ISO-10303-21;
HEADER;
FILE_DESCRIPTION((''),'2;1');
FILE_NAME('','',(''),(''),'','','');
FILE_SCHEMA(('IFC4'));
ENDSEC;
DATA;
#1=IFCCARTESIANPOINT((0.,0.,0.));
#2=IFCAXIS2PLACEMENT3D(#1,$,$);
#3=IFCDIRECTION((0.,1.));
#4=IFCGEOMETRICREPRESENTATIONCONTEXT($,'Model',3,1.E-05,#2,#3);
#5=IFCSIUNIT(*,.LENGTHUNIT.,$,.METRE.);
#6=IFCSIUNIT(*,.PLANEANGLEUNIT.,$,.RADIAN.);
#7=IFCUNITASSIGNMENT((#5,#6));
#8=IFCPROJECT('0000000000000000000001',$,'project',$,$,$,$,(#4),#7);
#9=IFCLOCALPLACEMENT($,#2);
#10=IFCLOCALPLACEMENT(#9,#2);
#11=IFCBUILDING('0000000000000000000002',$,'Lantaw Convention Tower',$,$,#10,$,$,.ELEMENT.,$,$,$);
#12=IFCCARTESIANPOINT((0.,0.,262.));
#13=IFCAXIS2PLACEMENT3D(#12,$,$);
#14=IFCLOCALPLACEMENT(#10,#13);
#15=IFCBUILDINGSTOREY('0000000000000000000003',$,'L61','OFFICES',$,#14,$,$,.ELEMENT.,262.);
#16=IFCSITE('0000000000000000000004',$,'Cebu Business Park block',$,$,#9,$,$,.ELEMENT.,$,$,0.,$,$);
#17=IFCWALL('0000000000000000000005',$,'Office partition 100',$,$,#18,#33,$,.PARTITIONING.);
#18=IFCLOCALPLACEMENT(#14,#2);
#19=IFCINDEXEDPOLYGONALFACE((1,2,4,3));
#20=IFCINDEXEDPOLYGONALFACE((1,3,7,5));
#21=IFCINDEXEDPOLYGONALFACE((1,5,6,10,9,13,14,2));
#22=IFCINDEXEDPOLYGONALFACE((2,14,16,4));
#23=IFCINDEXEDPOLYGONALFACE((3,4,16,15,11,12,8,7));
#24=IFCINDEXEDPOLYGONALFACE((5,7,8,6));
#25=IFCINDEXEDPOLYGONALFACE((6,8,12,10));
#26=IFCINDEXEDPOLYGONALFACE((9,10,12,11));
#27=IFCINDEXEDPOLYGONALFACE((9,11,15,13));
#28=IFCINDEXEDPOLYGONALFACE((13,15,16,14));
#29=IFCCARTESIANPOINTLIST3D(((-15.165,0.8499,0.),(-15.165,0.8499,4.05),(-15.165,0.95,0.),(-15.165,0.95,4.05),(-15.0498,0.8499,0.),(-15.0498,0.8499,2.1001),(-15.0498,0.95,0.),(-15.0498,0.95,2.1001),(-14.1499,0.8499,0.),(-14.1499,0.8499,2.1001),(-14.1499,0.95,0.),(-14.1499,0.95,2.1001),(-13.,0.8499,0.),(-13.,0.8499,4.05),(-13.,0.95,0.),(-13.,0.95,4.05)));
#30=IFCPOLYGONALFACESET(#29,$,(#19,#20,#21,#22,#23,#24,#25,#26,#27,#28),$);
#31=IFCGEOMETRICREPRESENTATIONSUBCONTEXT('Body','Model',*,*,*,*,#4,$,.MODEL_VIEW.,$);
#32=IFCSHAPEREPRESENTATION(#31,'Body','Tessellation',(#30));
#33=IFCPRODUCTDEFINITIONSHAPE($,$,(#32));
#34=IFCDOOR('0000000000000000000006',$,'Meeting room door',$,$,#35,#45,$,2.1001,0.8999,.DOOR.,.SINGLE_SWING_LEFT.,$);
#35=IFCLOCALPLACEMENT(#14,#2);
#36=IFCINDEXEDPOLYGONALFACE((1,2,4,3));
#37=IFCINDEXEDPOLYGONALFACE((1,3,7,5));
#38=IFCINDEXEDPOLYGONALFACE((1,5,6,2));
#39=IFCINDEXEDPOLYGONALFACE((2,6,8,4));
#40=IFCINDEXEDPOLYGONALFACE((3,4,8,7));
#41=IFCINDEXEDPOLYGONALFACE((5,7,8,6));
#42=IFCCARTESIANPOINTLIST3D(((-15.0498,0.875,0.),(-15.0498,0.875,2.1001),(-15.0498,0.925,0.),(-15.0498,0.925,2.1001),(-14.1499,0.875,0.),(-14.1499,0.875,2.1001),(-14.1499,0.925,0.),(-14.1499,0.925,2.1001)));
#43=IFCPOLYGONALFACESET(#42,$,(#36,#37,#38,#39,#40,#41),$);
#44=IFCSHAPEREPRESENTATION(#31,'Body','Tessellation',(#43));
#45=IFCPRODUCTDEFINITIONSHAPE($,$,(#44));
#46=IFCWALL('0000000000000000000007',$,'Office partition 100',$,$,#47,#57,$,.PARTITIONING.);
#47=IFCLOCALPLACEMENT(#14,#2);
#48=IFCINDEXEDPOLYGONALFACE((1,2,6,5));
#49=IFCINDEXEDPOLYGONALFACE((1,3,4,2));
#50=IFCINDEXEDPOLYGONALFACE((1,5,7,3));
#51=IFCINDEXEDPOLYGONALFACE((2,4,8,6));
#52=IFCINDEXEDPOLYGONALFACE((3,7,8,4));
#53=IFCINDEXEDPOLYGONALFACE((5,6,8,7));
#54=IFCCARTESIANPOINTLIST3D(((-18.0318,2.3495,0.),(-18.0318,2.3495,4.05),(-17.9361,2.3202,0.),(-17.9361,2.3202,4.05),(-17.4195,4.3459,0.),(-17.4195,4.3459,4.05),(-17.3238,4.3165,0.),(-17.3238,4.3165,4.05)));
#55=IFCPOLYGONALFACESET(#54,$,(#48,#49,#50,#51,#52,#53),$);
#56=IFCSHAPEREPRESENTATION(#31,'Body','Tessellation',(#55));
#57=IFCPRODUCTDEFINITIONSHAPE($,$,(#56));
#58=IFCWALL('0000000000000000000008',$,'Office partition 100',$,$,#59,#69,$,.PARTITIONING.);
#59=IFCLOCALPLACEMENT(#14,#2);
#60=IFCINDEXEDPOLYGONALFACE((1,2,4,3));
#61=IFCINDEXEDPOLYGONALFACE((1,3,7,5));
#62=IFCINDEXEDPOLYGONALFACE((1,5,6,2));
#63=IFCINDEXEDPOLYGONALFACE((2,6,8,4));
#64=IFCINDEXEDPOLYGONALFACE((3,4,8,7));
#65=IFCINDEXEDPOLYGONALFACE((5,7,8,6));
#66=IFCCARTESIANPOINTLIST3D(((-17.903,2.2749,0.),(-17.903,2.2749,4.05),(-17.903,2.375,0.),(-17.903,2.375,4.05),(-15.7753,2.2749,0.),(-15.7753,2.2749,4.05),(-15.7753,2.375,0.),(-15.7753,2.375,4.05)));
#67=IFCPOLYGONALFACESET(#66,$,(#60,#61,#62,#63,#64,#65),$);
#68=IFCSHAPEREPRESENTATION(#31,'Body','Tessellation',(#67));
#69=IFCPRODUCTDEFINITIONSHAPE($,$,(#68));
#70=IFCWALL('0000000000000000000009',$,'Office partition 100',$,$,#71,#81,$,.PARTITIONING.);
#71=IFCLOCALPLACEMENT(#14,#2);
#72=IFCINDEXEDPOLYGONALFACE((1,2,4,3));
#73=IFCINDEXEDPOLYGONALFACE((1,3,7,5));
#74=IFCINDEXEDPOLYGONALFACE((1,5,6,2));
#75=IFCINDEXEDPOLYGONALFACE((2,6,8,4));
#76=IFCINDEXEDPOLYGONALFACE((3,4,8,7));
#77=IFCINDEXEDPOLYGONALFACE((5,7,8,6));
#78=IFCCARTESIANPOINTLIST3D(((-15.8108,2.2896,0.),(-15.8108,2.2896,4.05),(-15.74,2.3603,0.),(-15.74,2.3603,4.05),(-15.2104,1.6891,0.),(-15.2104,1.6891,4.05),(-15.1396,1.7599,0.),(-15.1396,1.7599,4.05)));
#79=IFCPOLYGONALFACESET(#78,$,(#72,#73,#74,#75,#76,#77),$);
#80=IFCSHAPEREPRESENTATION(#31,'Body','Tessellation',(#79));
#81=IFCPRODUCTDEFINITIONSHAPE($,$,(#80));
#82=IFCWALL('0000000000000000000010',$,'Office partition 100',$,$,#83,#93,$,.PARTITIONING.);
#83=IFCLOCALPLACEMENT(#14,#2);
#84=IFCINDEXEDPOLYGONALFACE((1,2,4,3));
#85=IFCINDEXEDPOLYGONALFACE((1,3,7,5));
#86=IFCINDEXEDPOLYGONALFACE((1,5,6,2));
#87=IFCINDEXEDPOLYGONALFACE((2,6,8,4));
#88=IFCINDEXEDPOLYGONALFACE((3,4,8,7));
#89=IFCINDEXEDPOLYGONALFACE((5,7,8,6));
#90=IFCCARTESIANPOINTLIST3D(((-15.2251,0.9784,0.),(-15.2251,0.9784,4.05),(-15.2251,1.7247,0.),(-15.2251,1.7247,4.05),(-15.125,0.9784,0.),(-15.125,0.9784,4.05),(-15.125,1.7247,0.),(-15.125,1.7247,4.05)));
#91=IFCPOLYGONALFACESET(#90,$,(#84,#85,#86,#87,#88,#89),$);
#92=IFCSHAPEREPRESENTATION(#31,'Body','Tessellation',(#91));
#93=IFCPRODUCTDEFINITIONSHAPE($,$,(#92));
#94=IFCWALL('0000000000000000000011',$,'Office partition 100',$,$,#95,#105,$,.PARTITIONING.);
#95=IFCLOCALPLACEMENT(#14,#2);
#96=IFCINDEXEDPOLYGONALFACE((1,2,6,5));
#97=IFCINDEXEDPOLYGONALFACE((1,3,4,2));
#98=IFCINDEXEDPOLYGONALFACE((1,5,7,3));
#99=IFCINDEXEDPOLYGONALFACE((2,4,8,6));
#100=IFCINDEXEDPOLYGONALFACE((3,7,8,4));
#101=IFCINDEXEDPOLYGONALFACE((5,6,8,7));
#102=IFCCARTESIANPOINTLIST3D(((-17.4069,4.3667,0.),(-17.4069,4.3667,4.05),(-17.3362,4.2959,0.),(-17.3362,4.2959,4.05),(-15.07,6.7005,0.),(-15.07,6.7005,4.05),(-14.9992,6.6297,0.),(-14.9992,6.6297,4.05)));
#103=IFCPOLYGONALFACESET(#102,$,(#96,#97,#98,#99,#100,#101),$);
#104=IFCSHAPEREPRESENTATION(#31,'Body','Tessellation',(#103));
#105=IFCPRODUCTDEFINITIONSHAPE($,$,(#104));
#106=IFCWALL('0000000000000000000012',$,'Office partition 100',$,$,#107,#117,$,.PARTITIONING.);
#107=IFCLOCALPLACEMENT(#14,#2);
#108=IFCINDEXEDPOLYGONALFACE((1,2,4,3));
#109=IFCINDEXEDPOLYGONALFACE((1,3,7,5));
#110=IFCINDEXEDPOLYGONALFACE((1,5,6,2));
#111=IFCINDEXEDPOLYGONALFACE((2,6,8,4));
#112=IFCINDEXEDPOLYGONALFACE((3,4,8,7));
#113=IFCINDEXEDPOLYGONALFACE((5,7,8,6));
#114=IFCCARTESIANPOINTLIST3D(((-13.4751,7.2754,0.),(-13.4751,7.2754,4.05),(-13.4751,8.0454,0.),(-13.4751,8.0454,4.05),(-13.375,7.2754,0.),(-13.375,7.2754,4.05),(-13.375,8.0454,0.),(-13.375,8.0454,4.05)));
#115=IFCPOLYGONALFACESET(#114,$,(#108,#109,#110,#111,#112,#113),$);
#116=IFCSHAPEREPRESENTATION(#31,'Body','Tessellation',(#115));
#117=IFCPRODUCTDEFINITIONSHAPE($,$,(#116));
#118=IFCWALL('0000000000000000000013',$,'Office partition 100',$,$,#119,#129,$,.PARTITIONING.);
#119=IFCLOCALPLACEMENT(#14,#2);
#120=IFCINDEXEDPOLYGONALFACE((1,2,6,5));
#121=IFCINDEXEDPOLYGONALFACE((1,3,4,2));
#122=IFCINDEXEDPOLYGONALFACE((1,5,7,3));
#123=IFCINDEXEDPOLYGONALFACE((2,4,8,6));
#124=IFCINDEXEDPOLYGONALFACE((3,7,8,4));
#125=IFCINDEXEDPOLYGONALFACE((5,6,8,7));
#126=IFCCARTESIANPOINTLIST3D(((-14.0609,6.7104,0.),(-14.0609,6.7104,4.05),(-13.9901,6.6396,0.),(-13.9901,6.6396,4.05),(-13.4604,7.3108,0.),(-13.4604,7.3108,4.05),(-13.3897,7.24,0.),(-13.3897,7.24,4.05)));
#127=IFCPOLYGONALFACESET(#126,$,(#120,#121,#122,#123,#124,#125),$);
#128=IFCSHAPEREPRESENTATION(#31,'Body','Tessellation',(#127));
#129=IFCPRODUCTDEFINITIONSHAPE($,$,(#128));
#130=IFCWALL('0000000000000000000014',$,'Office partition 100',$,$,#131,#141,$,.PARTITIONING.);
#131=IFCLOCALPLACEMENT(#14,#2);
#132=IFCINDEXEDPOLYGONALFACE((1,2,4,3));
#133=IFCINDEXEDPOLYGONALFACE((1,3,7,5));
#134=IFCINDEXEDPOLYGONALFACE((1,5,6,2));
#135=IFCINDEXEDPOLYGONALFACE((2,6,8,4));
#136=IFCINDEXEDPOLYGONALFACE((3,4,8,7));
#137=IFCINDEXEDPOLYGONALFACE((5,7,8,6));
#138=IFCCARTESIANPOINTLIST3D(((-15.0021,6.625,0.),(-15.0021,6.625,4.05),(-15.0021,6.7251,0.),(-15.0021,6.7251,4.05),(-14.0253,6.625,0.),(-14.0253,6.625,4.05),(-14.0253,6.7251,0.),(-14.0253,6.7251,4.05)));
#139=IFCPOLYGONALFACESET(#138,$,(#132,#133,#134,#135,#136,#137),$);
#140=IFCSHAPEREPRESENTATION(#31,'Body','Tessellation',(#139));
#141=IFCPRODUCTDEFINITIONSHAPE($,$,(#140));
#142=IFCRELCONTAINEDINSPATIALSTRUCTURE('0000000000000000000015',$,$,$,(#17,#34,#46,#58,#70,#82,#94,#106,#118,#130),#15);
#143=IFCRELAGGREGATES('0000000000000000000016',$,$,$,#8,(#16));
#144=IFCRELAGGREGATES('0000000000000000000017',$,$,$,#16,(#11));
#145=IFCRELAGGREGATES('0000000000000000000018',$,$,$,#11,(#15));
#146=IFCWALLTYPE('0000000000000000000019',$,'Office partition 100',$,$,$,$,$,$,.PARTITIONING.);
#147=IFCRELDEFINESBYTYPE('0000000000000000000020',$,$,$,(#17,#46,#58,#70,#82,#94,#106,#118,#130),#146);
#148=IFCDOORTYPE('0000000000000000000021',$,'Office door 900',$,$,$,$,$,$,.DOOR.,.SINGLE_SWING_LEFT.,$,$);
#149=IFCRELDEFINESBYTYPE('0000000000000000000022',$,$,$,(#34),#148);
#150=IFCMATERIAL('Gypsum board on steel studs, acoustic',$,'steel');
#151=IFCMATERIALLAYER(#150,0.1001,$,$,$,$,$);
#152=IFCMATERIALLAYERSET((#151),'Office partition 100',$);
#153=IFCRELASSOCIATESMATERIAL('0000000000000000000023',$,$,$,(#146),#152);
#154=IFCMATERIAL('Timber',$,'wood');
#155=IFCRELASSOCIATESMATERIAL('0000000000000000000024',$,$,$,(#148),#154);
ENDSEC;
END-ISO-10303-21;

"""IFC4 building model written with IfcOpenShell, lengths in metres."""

from ifc_helpers import new_model, si_unit, direction, frame, frame_2d, origin, place, context, subcontext, project, spatial, rectangle, extrude, material, layer, layer_set, type_object, element, fill, save


model = new_model("IFC4")

# Units and contexts
model_context = context("Model", 3, precision=1e-05, world=origin(), true_north=direction((0.0, 1.0)))
body_context = subcontext(model_context, "Body", "Model", "MODEL_VIEW")
ifc_project = project(units=[si_unit("LENGTHUNIT", "METRE"), si_unit("PLANEANGLEUNIT", "RADIAN")], contexts=[model_context])

# Site, building, storey
site_placement = place(None, origin())
site = spatial("IfcSite", under=ifc_project, at=site_placement, Name="Cebu Business Park block", CompositionType="ELEMENT", RefElevation=0.0)
building_placement = place(site_placement, origin())
building = spatial("IfcBuilding", under=site, at=building_placement, Name="Lantaw Convention Tower", CompositionType="ELEMENT")
storey_placement = place(building_placement, frame((0.0, 0.0, 262.0)))
storey = spatial("IfcBuildingStorey", under=building, at=storey_placement, Name="L61", Description="OFFICES", CompositionType="ELEMENT", Elevation=262.0)

# Wall, opening, door
ifc_material_1 = material(Name="Gypsum board on steel studs, acoustic", Category="steel")
ifc_layer_1 = layer(ifc_material_1, 0.1001)
ifc_layer_set_1 = layer_set([ifc_layer_1], Name="Office partition 100")
wall_type_1 = type_object("IfcWallType", Name="Office partition 100", PredefinedType="PARTITIONING", material=ifc_layer_set_1)
wall_1_placement = place(storey_placement, frame((-13.0, 0.8999, 0.0), z_axis=(0.0, 0.0, 1.0), x_axis=(-1.0, 0.0, 0.0)))
wall_1 = element("IfcWall", 1, at=wall_1_placement, inside=storey, type_object=wall_type_1, Name="Office partition 100", PredefinedType="PARTITIONING", context=body_context, shape_type="SweptSolid", body=[
    extrude(rectangle(XDim=2.165, YDim=0.1001, at=frame_2d((1.0825, 0.0))), origin(), (0.0, 0.0, 1.0), 4.05),
])
opening_1_placement = place(wall_1_placement, frame((1.1499, 0.0, 0.0)))
opening_1 = element("IfcOpeningElement", 2, at=opening_1_placement, cuts=wall_1, PredefinedType="OPENING", context=body_context, shape_type="SweptSolid", body=[
    extrude(rectangle(XDim=0.8999, YDim=2.1001, at=frame_2d((0.45, 1.05))), frame((0.0, 0.0601, 0.0), z_axis=(0.0, -1.0, 0.0), x_axis=(1.0, 0.0, 0.0)), (0.0, 0.0, 1.0), 0.1201),
])
ifc_material_2 = material(Name="Timber", Category="wood")
door_type_1 = type_object("IfcDoorType", Name="Office door 900", OperationType="SINGLE_SWING_LEFT", PredefinedType="DOOR", material=ifc_material_2)
door_1_placement = place(opening_1_placement, origin())
door_1 = element("IfcDoor", 3, at=door_1_placement, inside=storey, type_object=door_type_1, Name="Meeting room door", OperationType="SINGLE_SWING_LEFT", OverallHeight=2.1001, OverallWidth=0.8999, PredefinedType="DOOR", context=body_context, shape_type="SweptSolid", body=[
    extrude(rectangle(XDim=0.8999, YDim=2.1001, at=frame_2d((0.45, 1.05))), frame((0.0, 0.0249, 0.0), z_axis=(0.0, -1.0, 0.0), x_axis=(1.0, 0.0, 0.0)), (0.0, 0.0, 1.0), 0.05),
])
fill(opening_1, door_1)

# Walls
wall_2_placement = place(storey_placement, frame((-17.9839, 2.335, 0.0), z_axis=(0.0, 0.0, 1.0), x_axis=(0.293231, 0.956042, 0.0)))
element("IfcWall", 4, at=wall_2_placement, inside=storey, type_object=wall_type_1, Name="Office partition 100", PredefinedType="PARTITIONING", context=body_context, shape_type="SweptSolid", body=[
    extrude(rectangle(XDim=2.0881, YDim=0.1001, at=frame_2d((1.0439, 0.0))), origin(), (0.0, 0.0, 1.0), 4.05),
])
wall_3_placement = place(storey_placement, frame((-17.9031, 2.325, 0.0), z_axis=(0.0, 0.0, 1.0), x_axis=(1.0, 0.0, 0.0)))
element("IfcWall", 5, at=wall_3_placement, inside=storey, type_object=wall_type_1, Name="Office partition 100", PredefinedType="PARTITIONING", context=body_context, shape_type="SweptSolid", body=[
    extrude(rectangle(XDim=2.1277, YDim=0.1001, at=frame_2d((1.064, 0.0))), origin(), (0.0, 0.0, 1.0), 4.05),
])
wall_4_placement = place(storey_placement, frame((-15.7754, 2.325, 0.0), z_axis=(0.0, 0.0, 1.0), x_axis=(0.707107, -0.707107, 0.0)))
element("IfcWall", 6, at=wall_4_placement, inside=storey, type_object=wall_type_1, Name="Office partition 100", PredefinedType="PARTITIONING", context=body_context, shape_type="SweptSolid", body=[
    extrude(rectangle(XDim=0.8491, YDim=0.1001, at=frame_2d((0.4246, 0.0))), origin(), (0.0, 0.0, 1.0), 4.05),
])
wall_5_placement = place(storey_placement, frame((-15.175, 1.7246, 0.0), z_axis=(0.0, 0.0, 1.0), x_axis=(0.0, -1.0, 0.0)))
element("IfcWall", 7, at=wall_5_placement, inside=storey, type_object=wall_type_1, Name="Office partition 100", PredefinedType="PARTITIONING", context=body_context, shape_type="SweptSolid", body=[
    extrude(rectangle(XDim=0.7463, YDim=0.1001, at=frame_2d((0.373, 0.0))), origin(), (0.0, 0.0, 1.0), 4.05),
])
wall_6_placement = place(storey_placement, frame((-17.3716, 4.3313, 0.0), z_axis=(0.0, 0.0, 1.0), x_axis=(0.707587, 0.706626, 0.0)))
element("IfcWall", 8, at=wall_6_placement, inside=storey, type_object=wall_type_1, Name="Office partition 100", PredefinedType="PARTITIONING", context=body_context, shape_type="SweptSolid", body=[
    extrude(rectangle(XDim=3.3027, YDim=0.1001, at=frame_2d((1.6514, 0.0))), origin(), (0.0, 0.0, 1.0), 4.05),
])
wall_7_placement = place(storey_placement, frame((-13.425, 8.0454, 0.0), z_axis=(0.0, 0.0, 1.0), x_axis=(0.0, -1.0, 0.0)))
element("IfcWall", 9, at=wall_7_placement, inside=storey, type_object=wall_type_1, Name="Office partition 100", PredefinedType="PARTITIONING", context=body_context, shape_type="SweptSolid", body=[
    extrude(rectangle(XDim=0.77, YDim=0.1001, at=frame_2d((0.385, 0.0))), origin(), (0.0, 0.0, 1.0), 4.05),
])
wall_8_placement = place(storey_placement, frame((-13.425, 7.2754, 0.0), z_axis=(0.0, 0.0, 1.0), x_axis=(-0.707107, -0.707107, 0.0)))
element("IfcWall", 10, at=wall_8_placement, inside=storey, type_object=wall_type_1, Name="Office partition 100", PredefinedType="PARTITIONING", context=body_context, shape_type="SweptSolid", body=[
    extrude(rectangle(XDim=0.8491, YDim=0.1001, at=frame_2d((0.4246, 0.0))), origin(), (0.0, 0.0, 1.0), 4.05),
])
wall_9_placement = place(storey_placement, frame((-14.0254, 6.675, 0.0), z_axis=(0.0, 0.0, 1.0), x_axis=(-1.0, 0.0, 0.0)))
element("IfcWall", 11, at=wall_9_placement, inside=storey, type_object=wall_type_1, Name="Office partition 100", PredefinedType="PARTITIONING", context=body_context, shape_type="SweptSolid", body=[
    extrude(rectangle(XDim=0.9768, YDim=0.1001, at=frame_2d((0.4883, 0.0))), origin(), (0.0, 0.0, 1.0), 4.05),
])

save(model, "model.ifc")
